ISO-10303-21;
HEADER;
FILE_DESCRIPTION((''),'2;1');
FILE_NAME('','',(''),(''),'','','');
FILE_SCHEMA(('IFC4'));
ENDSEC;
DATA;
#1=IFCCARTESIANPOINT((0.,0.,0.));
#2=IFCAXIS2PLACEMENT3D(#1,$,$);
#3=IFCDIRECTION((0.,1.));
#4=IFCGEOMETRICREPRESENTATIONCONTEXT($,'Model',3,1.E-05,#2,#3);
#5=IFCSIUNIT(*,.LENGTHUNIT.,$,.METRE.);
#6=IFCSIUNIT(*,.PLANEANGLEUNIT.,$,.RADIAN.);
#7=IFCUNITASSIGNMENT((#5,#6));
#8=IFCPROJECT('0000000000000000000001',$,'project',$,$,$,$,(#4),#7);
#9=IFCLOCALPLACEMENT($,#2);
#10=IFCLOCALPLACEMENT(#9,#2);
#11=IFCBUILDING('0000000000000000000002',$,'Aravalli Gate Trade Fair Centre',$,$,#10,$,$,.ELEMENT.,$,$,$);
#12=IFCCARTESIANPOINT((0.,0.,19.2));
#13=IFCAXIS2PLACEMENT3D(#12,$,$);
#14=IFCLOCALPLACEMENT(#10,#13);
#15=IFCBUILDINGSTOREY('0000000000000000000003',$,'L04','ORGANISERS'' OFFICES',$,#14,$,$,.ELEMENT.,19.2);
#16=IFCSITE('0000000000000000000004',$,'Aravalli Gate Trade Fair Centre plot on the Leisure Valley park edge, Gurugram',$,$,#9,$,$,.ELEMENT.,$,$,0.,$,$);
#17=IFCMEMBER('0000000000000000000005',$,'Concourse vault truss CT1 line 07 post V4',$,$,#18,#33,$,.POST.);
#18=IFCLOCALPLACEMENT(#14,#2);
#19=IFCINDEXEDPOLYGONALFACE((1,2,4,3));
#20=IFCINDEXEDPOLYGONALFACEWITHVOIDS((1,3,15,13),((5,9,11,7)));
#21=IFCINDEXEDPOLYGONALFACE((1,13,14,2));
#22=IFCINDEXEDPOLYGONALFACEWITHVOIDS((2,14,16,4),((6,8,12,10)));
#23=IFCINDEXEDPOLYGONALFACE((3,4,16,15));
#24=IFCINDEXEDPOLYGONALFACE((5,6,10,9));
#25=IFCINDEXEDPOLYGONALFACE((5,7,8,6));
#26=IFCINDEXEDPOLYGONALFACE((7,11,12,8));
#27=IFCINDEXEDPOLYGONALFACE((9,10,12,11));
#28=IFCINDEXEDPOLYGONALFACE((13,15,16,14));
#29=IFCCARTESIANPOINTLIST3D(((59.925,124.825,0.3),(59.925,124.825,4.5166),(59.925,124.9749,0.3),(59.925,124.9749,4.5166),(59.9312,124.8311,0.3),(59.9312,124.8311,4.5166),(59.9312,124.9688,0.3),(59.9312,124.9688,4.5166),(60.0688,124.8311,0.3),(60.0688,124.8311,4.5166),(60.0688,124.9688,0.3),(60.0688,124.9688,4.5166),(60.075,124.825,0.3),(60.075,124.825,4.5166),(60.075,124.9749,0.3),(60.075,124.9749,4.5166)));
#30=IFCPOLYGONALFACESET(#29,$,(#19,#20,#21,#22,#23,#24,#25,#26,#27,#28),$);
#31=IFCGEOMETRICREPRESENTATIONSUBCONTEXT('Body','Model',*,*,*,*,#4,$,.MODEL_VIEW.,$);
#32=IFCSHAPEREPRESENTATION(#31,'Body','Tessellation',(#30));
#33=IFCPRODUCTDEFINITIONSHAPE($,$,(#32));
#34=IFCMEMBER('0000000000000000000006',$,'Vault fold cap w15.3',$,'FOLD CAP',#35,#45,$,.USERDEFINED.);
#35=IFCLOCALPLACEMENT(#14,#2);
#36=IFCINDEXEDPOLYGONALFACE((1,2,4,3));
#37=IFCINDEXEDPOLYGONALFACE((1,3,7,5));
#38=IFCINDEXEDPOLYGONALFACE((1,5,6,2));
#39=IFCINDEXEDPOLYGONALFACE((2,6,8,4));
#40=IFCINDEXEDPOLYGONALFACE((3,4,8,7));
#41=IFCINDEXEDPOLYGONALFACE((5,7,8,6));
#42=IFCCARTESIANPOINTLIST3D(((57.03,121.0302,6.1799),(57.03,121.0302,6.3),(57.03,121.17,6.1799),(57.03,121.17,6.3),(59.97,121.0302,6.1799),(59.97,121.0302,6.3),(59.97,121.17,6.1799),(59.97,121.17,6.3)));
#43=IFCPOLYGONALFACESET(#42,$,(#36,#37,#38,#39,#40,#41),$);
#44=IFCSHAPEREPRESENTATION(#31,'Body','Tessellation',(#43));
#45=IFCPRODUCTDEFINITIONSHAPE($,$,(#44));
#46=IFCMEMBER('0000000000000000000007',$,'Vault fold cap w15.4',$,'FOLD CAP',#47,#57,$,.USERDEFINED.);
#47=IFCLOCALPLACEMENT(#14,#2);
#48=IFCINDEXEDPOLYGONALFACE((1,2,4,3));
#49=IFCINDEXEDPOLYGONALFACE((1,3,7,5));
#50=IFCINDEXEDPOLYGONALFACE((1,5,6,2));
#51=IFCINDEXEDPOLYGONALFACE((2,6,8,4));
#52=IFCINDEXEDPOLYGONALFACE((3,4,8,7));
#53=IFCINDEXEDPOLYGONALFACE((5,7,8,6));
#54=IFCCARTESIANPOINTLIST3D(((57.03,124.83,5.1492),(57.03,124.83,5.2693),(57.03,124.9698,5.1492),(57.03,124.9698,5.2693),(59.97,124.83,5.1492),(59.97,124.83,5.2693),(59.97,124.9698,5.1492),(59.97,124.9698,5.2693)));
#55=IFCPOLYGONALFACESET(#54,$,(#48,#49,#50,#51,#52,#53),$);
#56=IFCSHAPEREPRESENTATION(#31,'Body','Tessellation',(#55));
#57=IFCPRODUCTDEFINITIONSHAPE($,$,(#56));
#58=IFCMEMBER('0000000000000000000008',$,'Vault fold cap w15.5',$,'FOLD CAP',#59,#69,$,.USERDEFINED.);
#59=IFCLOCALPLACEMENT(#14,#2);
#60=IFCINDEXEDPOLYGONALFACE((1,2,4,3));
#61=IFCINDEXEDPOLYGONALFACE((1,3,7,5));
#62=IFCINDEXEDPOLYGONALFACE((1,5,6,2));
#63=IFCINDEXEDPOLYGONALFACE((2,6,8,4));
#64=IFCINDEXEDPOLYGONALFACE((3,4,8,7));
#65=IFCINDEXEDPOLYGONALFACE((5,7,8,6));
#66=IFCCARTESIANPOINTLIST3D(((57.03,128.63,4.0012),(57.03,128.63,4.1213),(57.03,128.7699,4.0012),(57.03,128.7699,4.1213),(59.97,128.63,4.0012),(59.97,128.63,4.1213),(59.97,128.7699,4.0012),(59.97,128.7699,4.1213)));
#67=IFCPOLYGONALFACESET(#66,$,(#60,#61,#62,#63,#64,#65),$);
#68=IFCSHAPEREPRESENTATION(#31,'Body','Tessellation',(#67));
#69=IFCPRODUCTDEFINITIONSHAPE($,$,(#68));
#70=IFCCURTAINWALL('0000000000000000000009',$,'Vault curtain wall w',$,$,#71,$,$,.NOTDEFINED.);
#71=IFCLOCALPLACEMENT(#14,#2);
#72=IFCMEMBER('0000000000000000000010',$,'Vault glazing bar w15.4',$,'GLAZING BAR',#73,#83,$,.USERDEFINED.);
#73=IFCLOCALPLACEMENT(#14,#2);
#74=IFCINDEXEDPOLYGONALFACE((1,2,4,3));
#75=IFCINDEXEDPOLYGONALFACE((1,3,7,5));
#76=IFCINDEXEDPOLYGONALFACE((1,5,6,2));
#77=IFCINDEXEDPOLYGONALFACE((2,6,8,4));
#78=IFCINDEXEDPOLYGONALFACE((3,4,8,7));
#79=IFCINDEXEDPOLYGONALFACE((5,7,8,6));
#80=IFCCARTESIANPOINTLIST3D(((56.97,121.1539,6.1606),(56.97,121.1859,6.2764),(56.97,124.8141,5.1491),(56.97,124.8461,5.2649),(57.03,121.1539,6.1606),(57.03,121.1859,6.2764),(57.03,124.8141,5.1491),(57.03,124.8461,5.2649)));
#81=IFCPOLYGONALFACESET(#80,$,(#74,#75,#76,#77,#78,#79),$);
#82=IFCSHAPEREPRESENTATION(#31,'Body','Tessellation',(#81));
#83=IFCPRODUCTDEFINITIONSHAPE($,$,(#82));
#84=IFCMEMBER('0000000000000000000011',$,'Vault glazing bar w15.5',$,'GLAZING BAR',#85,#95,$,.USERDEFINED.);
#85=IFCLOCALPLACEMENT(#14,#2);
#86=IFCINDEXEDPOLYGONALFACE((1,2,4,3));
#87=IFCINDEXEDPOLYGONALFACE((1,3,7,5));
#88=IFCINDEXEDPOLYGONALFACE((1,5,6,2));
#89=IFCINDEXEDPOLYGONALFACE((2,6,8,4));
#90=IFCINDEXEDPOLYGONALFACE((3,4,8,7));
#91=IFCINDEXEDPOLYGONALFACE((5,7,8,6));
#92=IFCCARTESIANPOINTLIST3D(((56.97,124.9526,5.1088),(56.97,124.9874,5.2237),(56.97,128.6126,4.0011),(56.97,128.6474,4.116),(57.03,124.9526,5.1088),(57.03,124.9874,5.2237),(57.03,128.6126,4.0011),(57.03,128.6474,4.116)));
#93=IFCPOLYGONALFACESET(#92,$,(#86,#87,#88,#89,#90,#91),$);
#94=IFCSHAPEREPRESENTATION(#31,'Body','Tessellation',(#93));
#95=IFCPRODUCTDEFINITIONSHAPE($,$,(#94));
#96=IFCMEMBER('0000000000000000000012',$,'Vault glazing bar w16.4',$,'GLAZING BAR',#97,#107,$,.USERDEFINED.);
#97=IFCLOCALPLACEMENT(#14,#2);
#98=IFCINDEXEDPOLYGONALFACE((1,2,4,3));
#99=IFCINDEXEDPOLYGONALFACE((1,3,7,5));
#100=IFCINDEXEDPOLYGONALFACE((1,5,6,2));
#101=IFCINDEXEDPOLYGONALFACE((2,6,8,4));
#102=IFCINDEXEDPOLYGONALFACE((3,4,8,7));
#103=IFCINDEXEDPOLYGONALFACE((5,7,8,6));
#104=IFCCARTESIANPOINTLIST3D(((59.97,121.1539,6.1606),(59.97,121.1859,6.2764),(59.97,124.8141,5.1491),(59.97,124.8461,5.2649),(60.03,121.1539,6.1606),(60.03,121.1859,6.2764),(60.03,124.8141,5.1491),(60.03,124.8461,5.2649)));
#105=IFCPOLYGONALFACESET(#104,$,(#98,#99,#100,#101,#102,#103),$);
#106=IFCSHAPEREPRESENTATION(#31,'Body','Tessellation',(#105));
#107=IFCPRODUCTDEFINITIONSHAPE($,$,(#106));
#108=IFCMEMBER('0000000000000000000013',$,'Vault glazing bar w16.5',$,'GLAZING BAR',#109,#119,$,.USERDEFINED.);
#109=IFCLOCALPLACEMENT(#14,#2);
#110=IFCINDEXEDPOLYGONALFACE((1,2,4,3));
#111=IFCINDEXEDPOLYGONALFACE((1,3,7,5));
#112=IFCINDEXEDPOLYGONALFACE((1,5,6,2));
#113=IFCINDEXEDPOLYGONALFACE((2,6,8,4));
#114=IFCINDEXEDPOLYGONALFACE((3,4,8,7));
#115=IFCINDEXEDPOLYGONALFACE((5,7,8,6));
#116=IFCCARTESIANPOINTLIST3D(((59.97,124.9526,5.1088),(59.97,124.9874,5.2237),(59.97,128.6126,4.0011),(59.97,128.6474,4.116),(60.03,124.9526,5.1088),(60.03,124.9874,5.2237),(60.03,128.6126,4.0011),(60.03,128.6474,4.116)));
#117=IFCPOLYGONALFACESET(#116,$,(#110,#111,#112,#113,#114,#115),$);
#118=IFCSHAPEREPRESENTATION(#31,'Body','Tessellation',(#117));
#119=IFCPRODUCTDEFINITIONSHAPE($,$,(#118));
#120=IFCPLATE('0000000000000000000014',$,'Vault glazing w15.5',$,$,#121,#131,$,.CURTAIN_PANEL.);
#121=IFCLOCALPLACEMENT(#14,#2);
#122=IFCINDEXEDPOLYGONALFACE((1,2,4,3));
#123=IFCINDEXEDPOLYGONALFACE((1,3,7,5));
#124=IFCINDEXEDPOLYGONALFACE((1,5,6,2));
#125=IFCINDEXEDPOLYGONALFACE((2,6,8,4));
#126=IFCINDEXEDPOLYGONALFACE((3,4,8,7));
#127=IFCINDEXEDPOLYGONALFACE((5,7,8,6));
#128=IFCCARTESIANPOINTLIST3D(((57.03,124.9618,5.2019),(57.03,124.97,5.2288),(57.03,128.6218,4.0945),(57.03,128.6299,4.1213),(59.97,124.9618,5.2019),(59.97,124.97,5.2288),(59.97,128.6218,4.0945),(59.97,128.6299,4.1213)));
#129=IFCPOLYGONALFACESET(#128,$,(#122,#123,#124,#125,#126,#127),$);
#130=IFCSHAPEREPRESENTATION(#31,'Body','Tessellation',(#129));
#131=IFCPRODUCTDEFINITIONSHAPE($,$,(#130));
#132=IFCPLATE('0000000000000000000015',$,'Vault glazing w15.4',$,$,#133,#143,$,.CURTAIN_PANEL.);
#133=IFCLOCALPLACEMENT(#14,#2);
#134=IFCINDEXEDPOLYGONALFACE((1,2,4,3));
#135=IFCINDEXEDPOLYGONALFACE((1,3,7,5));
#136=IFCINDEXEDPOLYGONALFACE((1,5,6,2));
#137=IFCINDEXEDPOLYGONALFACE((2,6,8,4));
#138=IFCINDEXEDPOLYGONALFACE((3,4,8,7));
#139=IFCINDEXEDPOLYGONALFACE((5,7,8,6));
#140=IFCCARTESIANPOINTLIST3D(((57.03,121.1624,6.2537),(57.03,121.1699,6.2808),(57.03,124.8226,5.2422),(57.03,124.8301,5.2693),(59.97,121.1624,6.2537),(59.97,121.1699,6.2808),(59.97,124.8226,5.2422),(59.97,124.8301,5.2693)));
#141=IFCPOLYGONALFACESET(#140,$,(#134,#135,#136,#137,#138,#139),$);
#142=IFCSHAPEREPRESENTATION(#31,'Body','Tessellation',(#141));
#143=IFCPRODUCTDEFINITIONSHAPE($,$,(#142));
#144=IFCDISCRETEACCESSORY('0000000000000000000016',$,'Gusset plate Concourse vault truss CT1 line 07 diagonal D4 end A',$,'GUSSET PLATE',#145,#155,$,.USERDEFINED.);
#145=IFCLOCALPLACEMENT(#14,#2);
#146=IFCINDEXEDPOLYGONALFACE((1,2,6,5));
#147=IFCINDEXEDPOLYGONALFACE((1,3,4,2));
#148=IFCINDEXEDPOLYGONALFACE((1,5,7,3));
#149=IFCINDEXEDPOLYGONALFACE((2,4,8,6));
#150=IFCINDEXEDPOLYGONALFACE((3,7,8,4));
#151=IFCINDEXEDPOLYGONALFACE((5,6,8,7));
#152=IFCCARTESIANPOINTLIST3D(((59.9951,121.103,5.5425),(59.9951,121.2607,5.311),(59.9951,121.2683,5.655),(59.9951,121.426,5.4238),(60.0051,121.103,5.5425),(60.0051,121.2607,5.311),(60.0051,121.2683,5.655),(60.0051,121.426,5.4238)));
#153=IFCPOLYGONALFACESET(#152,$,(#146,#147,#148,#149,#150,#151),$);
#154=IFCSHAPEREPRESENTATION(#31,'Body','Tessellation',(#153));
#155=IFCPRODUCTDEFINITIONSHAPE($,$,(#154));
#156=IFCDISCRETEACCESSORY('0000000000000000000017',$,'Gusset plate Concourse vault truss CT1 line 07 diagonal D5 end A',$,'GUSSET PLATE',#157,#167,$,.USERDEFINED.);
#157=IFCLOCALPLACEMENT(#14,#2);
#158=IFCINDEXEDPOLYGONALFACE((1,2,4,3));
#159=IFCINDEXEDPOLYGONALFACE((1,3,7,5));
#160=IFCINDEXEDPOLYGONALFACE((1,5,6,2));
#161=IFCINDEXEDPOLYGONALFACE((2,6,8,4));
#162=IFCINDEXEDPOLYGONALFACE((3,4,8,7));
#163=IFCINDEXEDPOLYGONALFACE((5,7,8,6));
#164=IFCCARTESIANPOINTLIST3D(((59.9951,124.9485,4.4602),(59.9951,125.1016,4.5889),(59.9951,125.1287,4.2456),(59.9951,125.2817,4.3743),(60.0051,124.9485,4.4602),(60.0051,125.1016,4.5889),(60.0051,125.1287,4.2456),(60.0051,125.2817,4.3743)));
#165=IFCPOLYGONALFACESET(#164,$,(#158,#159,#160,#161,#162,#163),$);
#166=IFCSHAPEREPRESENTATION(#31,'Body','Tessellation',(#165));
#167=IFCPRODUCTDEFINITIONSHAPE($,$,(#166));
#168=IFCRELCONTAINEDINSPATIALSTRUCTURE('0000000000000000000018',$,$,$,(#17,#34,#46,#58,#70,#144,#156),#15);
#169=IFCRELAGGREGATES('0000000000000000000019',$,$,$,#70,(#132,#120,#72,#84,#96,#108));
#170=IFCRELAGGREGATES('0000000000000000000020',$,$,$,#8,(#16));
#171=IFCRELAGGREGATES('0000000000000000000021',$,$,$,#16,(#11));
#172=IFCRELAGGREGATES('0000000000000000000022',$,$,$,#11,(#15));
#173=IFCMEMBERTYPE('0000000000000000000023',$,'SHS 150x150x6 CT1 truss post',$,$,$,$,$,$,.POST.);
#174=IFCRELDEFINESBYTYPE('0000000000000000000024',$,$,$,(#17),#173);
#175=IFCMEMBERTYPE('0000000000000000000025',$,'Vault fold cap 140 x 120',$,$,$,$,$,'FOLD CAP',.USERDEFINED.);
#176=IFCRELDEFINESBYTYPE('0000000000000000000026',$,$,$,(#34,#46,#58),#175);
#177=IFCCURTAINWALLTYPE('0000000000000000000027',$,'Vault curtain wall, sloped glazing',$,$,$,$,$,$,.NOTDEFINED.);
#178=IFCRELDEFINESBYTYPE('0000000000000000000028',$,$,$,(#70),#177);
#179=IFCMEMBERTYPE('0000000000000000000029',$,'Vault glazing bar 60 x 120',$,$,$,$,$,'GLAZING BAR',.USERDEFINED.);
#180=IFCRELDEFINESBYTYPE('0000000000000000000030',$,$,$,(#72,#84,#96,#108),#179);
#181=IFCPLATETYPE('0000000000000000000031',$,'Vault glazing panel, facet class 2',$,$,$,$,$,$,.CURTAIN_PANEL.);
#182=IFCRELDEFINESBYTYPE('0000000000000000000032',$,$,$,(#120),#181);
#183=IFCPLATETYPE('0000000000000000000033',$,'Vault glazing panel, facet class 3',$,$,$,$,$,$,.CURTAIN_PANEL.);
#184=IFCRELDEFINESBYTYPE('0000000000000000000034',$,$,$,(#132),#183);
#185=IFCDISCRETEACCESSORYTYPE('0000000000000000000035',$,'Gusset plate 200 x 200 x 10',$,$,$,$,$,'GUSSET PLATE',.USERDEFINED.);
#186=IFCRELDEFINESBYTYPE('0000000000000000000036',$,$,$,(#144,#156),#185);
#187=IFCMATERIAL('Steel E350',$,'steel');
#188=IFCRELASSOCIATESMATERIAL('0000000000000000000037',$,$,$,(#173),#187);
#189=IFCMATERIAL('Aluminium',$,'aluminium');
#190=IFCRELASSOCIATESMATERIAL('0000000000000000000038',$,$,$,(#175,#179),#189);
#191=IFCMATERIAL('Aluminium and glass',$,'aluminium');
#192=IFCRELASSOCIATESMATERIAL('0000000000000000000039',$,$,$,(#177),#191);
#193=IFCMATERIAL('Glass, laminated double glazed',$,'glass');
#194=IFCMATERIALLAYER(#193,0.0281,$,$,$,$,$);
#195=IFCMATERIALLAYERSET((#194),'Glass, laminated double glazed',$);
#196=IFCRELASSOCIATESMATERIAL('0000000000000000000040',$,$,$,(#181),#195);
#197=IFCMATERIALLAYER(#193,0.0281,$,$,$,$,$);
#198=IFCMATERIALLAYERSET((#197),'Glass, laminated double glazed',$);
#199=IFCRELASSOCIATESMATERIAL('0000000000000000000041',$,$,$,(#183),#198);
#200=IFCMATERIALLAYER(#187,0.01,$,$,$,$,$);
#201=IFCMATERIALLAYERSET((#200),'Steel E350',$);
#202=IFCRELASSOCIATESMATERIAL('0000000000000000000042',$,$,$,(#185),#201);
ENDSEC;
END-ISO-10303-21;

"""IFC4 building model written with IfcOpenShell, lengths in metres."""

from ifc_helpers import new_model, si_unit, direction, frame, origin, origin_2d, place, context, subcontext, project, spatial, polyline, rectangle, hollow_rectangle, outline, extrude, material, layer, layer_set, material_profile, profile_set, type_object, element, aggregate, save


model = new_model("IFC4")

# Units and contexts
model_context = context("Model", 3, precision=1e-05, world=origin(), true_north=direction((0.0, 1.0)))
body_context = subcontext(model_context, "Body", "Model", "MODEL_VIEW")
ifc_project = project(units=[si_unit("LENGTHUNIT", "METRE"), si_unit("PLANEANGLEUNIT", "RADIAN")], contexts=[model_context])

# Site, building, storey
site_placement = place(None, origin())
site = spatial("IfcSite", under=ifc_project, at=site_placement, Name="Aravalli Gate Trade Fair Centre plot on the Leisure Valley park edge, Gurugram", CompositionType="ELEMENT", RefElevation=0.0)
building_placement = place(site_placement, origin())
building = spatial("IfcBuilding", under=site, at=building_placement, Name="Aravalli Gate Trade Fair Centre", CompositionType="ELEMENT")
storey_placement = place(building_placement, frame((0.0, 0.0, 19.2)))
storey = spatial("IfcBuildingStorey", under=building, at=storey_placement, Name="L04", Description="ORGANISERS' OFFICES", CompositionType="ELEMENT", Elevation=19.2)

# Members
ifc_material_1 = material(Name="Steel E350", Category="steel")
ifc_material_profile_1 = material_profile(ifc_material_1, hollow_rectangle(XDim=0.1499, YDim=0.1499, WallThickness=0.0061, at=origin_2d()), Name="SHS 150x150x6")
ifc_profile_set_1 = profile_set([ifc_material_profile_1], Name="Steel E350")
member_type_1 = type_object("IfcMemberType", Name="SHS 150x150x6 CT1 truss post", PredefinedType="POST", material=ifc_profile_set_1)
member_1_placement = place(storey_placement, frame((60.0, 124.8999, 0.3), z_axis=(0.0, 0.0, 1.0), x_axis=(1.0, 0.0, 0.0)))
element("IfcMember", 1, at=member_1_placement, inside=storey, type_object=member_type_1, Name="Concourse vault truss CT1 line 07 post V4", PredefinedType="POST", context=body_context, shape_type="SweptSolid", body=[
    extrude(hollow_rectangle(XDim=0.1499, YDim=0.1499, WallThickness=0.0061, at=origin_2d()), origin(), (0.0, 0.0, 1.0), 4.2166),
])
ifc_material_2 = material(Name="Aluminium", Category="aluminium")
ifc_material_profile_2 = material_profile(ifc_material_2, rectangle(XDim=0.1399, YDim=0.1201, at=origin_2d()), Name="Vault fold cap 140 x 120")
ifc_profile_set_2 = profile_set([ifc_material_profile_2], Name="Aluminium")
member_type_2 = type_object("IfcMemberType", Name="Vault fold cap 140 x 120", ElementType="FOLD CAP", PredefinedType="USERDEFINED", material=ifc_profile_set_2)
for number, where, z_axis, x_axis, name in (
    (2, (57.03, 121.1001, 6.24), (1.0, 0.0, 0.0), (0.0, 1.0, 0.0), "Vault fold cap w15.3"),
    (3, (57.03, 124.8999, 5.2092), (1.0, 0.0, 0.0), (0.0, 1.0, 0.0), "Vault fold cap w15.4"),
    (4, (57.03, 128.7, 4.0613), (1.0, 0.0, 0.0), (0.0, 1.0, 0.0), "Vault fold cap w15.5"),
):
    element("IfcMember", number, at=place(storey_placement, frame(where, z_axis=z_axis, x_axis=x_axis)), inside=storey, type_object=member_type_2, Name=name, ObjectType="FOLD CAP", PredefinedType="USERDEFINED", context=body_context, shape_type="SweptSolid", body=[
        extrude(rectangle(XDim=0.1399, YDim=0.1201, at=origin_2d()), origin(), (0.0, 0.0, 1.0), 2.9399),
    ])

# Curtain wall, members, plates
ifc_material_3 = material(Name="Aluminium and glass", Category="aluminium")
curtain_wall_type = type_object("IfcCurtainWallType", Name="Vault curtain wall, sloped glazing", PredefinedType="NOTDEFINED", material=ifc_material_3)
curtain_wall_placement = place(storey_placement, origin())
curtain_wall = element("IfcCurtainWall", 5, at=curtain_wall_placement, inside=storey, type_object=curtain_wall_type, Name="Vault curtain wall w", PredefinedType="NOTDEFINED")
ifc_material_profile_3 = material_profile(ifc_material_2, rectangle(XDim=0.0601, YDim=0.1201, at=origin_2d()), Name="Vault glazing bar 60 x 120")
ifc_profile_set_3 = profile_set([ifc_material_profile_3], Name="Aluminium")
member_type_3 = type_object("IfcMemberType", Name="Vault glazing bar 60 x 120", ElementType="GLAZING BAR", PredefinedType="USERDEFINED", material=ifc_profile_set_3)
member_2_placement = place(storey_placement, frame((57.0, 121.1699, 6.2185), z_axis=(0.0, 0.963873, -0.266364), x_axis=(-1.0, 0.0, 0.0)))
member_2 = element("IfcMember", 6, at=member_2_placement, type_object=member_type_3, Name="Vault glazing bar w15.4", ObjectType="GLAZING BAR", PredefinedType="USERDEFINED", context=body_context, shape_type="SweptSolid", body=[
    extrude(rectangle(XDim=0.0601, YDim=0.1201, at=origin_2d()), origin(), (0.0, 0.0, 1.0), 3.7974),
])
member_3_placement = place(storey_placement, frame((57.0, 124.97, 5.1663), z_axis=(0.0, 0.957126, -0.289672), x_axis=(-1.0, 0.0, 0.0)))
member_3 = element("IfcMember", 7, at=member_3_placement, type_object=member_type_3, Name="Vault glazing bar w15.5", ObjectType="GLAZING BAR", PredefinedType="USERDEFINED", context=body_context, shape_type="SweptSolid", body=[
    extrude(rectangle(XDim=0.0601, YDim=0.1201, at=origin_2d()), origin(), (0.0, 0.0, 1.0), 3.824),
])
member_4_placement = place(storey_placement, frame((60.0, 121.1699, 6.2185), z_axis=(0.0, 0.963873, -0.266364), x_axis=(-1.0, 0.0, 0.0)))
member_4 = element("IfcMember", 8, at=member_4_placement, type_object=member_type_3, Name="Vault glazing bar w16.4", ObjectType="GLAZING BAR", PredefinedType="USERDEFINED", context=body_context, shape_type="SweptSolid", body=[
    extrude(rectangle(XDim=0.0601, YDim=0.1201, at=origin_2d()), origin(), (0.0, 0.0, 1.0), 3.7974),
])
member_5_placement = place(storey_placement, frame((60.0, 124.97, 5.1663), z_axis=(0.0, 0.957126, -0.289672), x_axis=(-1.0, 0.0, 0.0)))
member_5 = element("IfcMember", 9, at=member_5_placement, type_object=member_type_3, Name="Vault glazing bar w16.5", ObjectType="GLAZING BAR", PredefinedType="USERDEFINED", context=body_context, shape_type="SweptSolid", body=[
    extrude(rectangle(XDim=0.0601, YDim=0.1201, at=origin_2d()), origin(), (0.0, 0.0, 1.0), 3.824),
])
ifc_material_4 = material(Name="Glass, laminated double glazed", Category="glass")
ifc_layer_1 = layer(ifc_material_4, 0.0281)
ifc_layer_set_1 = layer_set([ifc_layer_1], Name="Glass, laminated double glazed")
plate_type_1 = type_object("IfcPlateType", Name="Vault glazing panel, facet class 2", PredefinedType="CURTAIN_PANEL", material=ifc_layer_set_1)
plate_1_placement = place(storey_placement, frame((57.03, 124.97, 5.2288), z_axis=(0.0, 0.289614, 0.957144), x_axis=(1.0, 0.0, 0.0)))
plate_1 = element("IfcPlate", 10, at=plate_1_placement, type_object=plate_type_1, Name="Vault glazing w15.5", PredefinedType="CURTAIN_PANEL", context=body_context, shape_type="SweptSolid", body=[
    extrude(outline(polyline([(0.0, 0.0), (2.9399, 0.0), (2.9399, 3.8238), (0.0, 3.8238), (0.0, 0.0)])), origin(), (0.0, 0.0, -1.0), 0.0281),
])
ifc_layer_2 = layer(ifc_material_4, 0.0281)
ifc_layer_set_2 = layer_set([ifc_layer_2], Name="Glass, laminated double glazed")
plate_type_2 = type_object("IfcPlateType", Name="Vault glazing panel, facet class 3", PredefinedType="CURTAIN_PANEL", material=ifc_layer_set_2)
plate_2_placement = place(storey_placement, frame((57.03, 121.1699, 6.2808), z_axis=(0.0, 0.266364, 0.963873), x_axis=(1.0, 0.0, 0.0)))
plate_2 = element("IfcPlate", 11, at=plate_2_placement, type_object=plate_type_2, Name="Vault glazing w15.4", PredefinedType="CURTAIN_PANEL", context=body_context, shape_type="SweptSolid", body=[
    extrude(outline(polyline([(0.0, 0.0), (2.9399, 0.0), (2.9399, 3.7973), (0.0, 3.7973), (0.0, 0.0)])), origin(), (0.0, 0.0, -1.0), 0.0281),
])
aggregate(curtain_wall, [plate_2, plate_1, member_2, member_3, member_4, member_5])

# Discrete accessories
ifc_layer_3 = layer(ifc_material_1, 0.01)
ifc_layer_set_3 = layer_set([ifc_layer_3], Name="Steel E350")
discrete_accessory_type = type_object("IfcDiscreteAccessoryType", Name="Gusset plate 200 x 200 x 10", ElementType="GUSSET PLATE", PredefinedType="USERDEFINED", material=ifc_layer_set_3)
discrete_accessory_1_placement = place(storey_placement, frame((59.9951, 121.2607, 5.311), z_axis=(-1.0, 0.0, 0.0), x_axis=(0.0, -0.56312, 0.826375)))
element("IfcDiscreteAccessory", 12, at=discrete_accessory_1_placement, inside=storey, type_object=discrete_accessory_type, Name="Gusset plate Concourse vault truss CT1 line 07 diagonal D4 end A", ObjectType="GUSSET PLATE", PredefinedType="USERDEFINED", context=body_context, shape_type="SweptSolid", body=[
    extrude(outline(polyline([(0.0, 0.0), (0.2801, 0.0), (0.28, 0.2), (0.0001, 0.2001), (0.0, 0.0)])), origin(), (0.0, 0.0, -1.0), 0.01),
])
discrete_accessory_2_placement = place(storey_placement, frame((59.9951, 125.1287, 4.2456), z_axis=(-1.0, 0.0, 0.0), x_axis=(0.0, -0.643008, 0.765859)))
element("IfcDiscreteAccessory", 13, at=discrete_accessory_2_placement, inside=storey, type_object=discrete_accessory_type, Name="Gusset plate Concourse vault truss CT1 line 07 diagonal D5 end A", ObjectType="GUSSET PLATE", PredefinedType="USERDEFINED", context=body_context, shape_type="SweptSolid", body=[
    extrude(outline(polyline([(0.0, 0.0), (0.2802, 0.0), (0.2803, 0.2), (0.0001, 0.2), (0.0, 0.0)])), origin(), (0.0, 0.0, -1.0), 0.01),
])

save(model, "model.ifc")
